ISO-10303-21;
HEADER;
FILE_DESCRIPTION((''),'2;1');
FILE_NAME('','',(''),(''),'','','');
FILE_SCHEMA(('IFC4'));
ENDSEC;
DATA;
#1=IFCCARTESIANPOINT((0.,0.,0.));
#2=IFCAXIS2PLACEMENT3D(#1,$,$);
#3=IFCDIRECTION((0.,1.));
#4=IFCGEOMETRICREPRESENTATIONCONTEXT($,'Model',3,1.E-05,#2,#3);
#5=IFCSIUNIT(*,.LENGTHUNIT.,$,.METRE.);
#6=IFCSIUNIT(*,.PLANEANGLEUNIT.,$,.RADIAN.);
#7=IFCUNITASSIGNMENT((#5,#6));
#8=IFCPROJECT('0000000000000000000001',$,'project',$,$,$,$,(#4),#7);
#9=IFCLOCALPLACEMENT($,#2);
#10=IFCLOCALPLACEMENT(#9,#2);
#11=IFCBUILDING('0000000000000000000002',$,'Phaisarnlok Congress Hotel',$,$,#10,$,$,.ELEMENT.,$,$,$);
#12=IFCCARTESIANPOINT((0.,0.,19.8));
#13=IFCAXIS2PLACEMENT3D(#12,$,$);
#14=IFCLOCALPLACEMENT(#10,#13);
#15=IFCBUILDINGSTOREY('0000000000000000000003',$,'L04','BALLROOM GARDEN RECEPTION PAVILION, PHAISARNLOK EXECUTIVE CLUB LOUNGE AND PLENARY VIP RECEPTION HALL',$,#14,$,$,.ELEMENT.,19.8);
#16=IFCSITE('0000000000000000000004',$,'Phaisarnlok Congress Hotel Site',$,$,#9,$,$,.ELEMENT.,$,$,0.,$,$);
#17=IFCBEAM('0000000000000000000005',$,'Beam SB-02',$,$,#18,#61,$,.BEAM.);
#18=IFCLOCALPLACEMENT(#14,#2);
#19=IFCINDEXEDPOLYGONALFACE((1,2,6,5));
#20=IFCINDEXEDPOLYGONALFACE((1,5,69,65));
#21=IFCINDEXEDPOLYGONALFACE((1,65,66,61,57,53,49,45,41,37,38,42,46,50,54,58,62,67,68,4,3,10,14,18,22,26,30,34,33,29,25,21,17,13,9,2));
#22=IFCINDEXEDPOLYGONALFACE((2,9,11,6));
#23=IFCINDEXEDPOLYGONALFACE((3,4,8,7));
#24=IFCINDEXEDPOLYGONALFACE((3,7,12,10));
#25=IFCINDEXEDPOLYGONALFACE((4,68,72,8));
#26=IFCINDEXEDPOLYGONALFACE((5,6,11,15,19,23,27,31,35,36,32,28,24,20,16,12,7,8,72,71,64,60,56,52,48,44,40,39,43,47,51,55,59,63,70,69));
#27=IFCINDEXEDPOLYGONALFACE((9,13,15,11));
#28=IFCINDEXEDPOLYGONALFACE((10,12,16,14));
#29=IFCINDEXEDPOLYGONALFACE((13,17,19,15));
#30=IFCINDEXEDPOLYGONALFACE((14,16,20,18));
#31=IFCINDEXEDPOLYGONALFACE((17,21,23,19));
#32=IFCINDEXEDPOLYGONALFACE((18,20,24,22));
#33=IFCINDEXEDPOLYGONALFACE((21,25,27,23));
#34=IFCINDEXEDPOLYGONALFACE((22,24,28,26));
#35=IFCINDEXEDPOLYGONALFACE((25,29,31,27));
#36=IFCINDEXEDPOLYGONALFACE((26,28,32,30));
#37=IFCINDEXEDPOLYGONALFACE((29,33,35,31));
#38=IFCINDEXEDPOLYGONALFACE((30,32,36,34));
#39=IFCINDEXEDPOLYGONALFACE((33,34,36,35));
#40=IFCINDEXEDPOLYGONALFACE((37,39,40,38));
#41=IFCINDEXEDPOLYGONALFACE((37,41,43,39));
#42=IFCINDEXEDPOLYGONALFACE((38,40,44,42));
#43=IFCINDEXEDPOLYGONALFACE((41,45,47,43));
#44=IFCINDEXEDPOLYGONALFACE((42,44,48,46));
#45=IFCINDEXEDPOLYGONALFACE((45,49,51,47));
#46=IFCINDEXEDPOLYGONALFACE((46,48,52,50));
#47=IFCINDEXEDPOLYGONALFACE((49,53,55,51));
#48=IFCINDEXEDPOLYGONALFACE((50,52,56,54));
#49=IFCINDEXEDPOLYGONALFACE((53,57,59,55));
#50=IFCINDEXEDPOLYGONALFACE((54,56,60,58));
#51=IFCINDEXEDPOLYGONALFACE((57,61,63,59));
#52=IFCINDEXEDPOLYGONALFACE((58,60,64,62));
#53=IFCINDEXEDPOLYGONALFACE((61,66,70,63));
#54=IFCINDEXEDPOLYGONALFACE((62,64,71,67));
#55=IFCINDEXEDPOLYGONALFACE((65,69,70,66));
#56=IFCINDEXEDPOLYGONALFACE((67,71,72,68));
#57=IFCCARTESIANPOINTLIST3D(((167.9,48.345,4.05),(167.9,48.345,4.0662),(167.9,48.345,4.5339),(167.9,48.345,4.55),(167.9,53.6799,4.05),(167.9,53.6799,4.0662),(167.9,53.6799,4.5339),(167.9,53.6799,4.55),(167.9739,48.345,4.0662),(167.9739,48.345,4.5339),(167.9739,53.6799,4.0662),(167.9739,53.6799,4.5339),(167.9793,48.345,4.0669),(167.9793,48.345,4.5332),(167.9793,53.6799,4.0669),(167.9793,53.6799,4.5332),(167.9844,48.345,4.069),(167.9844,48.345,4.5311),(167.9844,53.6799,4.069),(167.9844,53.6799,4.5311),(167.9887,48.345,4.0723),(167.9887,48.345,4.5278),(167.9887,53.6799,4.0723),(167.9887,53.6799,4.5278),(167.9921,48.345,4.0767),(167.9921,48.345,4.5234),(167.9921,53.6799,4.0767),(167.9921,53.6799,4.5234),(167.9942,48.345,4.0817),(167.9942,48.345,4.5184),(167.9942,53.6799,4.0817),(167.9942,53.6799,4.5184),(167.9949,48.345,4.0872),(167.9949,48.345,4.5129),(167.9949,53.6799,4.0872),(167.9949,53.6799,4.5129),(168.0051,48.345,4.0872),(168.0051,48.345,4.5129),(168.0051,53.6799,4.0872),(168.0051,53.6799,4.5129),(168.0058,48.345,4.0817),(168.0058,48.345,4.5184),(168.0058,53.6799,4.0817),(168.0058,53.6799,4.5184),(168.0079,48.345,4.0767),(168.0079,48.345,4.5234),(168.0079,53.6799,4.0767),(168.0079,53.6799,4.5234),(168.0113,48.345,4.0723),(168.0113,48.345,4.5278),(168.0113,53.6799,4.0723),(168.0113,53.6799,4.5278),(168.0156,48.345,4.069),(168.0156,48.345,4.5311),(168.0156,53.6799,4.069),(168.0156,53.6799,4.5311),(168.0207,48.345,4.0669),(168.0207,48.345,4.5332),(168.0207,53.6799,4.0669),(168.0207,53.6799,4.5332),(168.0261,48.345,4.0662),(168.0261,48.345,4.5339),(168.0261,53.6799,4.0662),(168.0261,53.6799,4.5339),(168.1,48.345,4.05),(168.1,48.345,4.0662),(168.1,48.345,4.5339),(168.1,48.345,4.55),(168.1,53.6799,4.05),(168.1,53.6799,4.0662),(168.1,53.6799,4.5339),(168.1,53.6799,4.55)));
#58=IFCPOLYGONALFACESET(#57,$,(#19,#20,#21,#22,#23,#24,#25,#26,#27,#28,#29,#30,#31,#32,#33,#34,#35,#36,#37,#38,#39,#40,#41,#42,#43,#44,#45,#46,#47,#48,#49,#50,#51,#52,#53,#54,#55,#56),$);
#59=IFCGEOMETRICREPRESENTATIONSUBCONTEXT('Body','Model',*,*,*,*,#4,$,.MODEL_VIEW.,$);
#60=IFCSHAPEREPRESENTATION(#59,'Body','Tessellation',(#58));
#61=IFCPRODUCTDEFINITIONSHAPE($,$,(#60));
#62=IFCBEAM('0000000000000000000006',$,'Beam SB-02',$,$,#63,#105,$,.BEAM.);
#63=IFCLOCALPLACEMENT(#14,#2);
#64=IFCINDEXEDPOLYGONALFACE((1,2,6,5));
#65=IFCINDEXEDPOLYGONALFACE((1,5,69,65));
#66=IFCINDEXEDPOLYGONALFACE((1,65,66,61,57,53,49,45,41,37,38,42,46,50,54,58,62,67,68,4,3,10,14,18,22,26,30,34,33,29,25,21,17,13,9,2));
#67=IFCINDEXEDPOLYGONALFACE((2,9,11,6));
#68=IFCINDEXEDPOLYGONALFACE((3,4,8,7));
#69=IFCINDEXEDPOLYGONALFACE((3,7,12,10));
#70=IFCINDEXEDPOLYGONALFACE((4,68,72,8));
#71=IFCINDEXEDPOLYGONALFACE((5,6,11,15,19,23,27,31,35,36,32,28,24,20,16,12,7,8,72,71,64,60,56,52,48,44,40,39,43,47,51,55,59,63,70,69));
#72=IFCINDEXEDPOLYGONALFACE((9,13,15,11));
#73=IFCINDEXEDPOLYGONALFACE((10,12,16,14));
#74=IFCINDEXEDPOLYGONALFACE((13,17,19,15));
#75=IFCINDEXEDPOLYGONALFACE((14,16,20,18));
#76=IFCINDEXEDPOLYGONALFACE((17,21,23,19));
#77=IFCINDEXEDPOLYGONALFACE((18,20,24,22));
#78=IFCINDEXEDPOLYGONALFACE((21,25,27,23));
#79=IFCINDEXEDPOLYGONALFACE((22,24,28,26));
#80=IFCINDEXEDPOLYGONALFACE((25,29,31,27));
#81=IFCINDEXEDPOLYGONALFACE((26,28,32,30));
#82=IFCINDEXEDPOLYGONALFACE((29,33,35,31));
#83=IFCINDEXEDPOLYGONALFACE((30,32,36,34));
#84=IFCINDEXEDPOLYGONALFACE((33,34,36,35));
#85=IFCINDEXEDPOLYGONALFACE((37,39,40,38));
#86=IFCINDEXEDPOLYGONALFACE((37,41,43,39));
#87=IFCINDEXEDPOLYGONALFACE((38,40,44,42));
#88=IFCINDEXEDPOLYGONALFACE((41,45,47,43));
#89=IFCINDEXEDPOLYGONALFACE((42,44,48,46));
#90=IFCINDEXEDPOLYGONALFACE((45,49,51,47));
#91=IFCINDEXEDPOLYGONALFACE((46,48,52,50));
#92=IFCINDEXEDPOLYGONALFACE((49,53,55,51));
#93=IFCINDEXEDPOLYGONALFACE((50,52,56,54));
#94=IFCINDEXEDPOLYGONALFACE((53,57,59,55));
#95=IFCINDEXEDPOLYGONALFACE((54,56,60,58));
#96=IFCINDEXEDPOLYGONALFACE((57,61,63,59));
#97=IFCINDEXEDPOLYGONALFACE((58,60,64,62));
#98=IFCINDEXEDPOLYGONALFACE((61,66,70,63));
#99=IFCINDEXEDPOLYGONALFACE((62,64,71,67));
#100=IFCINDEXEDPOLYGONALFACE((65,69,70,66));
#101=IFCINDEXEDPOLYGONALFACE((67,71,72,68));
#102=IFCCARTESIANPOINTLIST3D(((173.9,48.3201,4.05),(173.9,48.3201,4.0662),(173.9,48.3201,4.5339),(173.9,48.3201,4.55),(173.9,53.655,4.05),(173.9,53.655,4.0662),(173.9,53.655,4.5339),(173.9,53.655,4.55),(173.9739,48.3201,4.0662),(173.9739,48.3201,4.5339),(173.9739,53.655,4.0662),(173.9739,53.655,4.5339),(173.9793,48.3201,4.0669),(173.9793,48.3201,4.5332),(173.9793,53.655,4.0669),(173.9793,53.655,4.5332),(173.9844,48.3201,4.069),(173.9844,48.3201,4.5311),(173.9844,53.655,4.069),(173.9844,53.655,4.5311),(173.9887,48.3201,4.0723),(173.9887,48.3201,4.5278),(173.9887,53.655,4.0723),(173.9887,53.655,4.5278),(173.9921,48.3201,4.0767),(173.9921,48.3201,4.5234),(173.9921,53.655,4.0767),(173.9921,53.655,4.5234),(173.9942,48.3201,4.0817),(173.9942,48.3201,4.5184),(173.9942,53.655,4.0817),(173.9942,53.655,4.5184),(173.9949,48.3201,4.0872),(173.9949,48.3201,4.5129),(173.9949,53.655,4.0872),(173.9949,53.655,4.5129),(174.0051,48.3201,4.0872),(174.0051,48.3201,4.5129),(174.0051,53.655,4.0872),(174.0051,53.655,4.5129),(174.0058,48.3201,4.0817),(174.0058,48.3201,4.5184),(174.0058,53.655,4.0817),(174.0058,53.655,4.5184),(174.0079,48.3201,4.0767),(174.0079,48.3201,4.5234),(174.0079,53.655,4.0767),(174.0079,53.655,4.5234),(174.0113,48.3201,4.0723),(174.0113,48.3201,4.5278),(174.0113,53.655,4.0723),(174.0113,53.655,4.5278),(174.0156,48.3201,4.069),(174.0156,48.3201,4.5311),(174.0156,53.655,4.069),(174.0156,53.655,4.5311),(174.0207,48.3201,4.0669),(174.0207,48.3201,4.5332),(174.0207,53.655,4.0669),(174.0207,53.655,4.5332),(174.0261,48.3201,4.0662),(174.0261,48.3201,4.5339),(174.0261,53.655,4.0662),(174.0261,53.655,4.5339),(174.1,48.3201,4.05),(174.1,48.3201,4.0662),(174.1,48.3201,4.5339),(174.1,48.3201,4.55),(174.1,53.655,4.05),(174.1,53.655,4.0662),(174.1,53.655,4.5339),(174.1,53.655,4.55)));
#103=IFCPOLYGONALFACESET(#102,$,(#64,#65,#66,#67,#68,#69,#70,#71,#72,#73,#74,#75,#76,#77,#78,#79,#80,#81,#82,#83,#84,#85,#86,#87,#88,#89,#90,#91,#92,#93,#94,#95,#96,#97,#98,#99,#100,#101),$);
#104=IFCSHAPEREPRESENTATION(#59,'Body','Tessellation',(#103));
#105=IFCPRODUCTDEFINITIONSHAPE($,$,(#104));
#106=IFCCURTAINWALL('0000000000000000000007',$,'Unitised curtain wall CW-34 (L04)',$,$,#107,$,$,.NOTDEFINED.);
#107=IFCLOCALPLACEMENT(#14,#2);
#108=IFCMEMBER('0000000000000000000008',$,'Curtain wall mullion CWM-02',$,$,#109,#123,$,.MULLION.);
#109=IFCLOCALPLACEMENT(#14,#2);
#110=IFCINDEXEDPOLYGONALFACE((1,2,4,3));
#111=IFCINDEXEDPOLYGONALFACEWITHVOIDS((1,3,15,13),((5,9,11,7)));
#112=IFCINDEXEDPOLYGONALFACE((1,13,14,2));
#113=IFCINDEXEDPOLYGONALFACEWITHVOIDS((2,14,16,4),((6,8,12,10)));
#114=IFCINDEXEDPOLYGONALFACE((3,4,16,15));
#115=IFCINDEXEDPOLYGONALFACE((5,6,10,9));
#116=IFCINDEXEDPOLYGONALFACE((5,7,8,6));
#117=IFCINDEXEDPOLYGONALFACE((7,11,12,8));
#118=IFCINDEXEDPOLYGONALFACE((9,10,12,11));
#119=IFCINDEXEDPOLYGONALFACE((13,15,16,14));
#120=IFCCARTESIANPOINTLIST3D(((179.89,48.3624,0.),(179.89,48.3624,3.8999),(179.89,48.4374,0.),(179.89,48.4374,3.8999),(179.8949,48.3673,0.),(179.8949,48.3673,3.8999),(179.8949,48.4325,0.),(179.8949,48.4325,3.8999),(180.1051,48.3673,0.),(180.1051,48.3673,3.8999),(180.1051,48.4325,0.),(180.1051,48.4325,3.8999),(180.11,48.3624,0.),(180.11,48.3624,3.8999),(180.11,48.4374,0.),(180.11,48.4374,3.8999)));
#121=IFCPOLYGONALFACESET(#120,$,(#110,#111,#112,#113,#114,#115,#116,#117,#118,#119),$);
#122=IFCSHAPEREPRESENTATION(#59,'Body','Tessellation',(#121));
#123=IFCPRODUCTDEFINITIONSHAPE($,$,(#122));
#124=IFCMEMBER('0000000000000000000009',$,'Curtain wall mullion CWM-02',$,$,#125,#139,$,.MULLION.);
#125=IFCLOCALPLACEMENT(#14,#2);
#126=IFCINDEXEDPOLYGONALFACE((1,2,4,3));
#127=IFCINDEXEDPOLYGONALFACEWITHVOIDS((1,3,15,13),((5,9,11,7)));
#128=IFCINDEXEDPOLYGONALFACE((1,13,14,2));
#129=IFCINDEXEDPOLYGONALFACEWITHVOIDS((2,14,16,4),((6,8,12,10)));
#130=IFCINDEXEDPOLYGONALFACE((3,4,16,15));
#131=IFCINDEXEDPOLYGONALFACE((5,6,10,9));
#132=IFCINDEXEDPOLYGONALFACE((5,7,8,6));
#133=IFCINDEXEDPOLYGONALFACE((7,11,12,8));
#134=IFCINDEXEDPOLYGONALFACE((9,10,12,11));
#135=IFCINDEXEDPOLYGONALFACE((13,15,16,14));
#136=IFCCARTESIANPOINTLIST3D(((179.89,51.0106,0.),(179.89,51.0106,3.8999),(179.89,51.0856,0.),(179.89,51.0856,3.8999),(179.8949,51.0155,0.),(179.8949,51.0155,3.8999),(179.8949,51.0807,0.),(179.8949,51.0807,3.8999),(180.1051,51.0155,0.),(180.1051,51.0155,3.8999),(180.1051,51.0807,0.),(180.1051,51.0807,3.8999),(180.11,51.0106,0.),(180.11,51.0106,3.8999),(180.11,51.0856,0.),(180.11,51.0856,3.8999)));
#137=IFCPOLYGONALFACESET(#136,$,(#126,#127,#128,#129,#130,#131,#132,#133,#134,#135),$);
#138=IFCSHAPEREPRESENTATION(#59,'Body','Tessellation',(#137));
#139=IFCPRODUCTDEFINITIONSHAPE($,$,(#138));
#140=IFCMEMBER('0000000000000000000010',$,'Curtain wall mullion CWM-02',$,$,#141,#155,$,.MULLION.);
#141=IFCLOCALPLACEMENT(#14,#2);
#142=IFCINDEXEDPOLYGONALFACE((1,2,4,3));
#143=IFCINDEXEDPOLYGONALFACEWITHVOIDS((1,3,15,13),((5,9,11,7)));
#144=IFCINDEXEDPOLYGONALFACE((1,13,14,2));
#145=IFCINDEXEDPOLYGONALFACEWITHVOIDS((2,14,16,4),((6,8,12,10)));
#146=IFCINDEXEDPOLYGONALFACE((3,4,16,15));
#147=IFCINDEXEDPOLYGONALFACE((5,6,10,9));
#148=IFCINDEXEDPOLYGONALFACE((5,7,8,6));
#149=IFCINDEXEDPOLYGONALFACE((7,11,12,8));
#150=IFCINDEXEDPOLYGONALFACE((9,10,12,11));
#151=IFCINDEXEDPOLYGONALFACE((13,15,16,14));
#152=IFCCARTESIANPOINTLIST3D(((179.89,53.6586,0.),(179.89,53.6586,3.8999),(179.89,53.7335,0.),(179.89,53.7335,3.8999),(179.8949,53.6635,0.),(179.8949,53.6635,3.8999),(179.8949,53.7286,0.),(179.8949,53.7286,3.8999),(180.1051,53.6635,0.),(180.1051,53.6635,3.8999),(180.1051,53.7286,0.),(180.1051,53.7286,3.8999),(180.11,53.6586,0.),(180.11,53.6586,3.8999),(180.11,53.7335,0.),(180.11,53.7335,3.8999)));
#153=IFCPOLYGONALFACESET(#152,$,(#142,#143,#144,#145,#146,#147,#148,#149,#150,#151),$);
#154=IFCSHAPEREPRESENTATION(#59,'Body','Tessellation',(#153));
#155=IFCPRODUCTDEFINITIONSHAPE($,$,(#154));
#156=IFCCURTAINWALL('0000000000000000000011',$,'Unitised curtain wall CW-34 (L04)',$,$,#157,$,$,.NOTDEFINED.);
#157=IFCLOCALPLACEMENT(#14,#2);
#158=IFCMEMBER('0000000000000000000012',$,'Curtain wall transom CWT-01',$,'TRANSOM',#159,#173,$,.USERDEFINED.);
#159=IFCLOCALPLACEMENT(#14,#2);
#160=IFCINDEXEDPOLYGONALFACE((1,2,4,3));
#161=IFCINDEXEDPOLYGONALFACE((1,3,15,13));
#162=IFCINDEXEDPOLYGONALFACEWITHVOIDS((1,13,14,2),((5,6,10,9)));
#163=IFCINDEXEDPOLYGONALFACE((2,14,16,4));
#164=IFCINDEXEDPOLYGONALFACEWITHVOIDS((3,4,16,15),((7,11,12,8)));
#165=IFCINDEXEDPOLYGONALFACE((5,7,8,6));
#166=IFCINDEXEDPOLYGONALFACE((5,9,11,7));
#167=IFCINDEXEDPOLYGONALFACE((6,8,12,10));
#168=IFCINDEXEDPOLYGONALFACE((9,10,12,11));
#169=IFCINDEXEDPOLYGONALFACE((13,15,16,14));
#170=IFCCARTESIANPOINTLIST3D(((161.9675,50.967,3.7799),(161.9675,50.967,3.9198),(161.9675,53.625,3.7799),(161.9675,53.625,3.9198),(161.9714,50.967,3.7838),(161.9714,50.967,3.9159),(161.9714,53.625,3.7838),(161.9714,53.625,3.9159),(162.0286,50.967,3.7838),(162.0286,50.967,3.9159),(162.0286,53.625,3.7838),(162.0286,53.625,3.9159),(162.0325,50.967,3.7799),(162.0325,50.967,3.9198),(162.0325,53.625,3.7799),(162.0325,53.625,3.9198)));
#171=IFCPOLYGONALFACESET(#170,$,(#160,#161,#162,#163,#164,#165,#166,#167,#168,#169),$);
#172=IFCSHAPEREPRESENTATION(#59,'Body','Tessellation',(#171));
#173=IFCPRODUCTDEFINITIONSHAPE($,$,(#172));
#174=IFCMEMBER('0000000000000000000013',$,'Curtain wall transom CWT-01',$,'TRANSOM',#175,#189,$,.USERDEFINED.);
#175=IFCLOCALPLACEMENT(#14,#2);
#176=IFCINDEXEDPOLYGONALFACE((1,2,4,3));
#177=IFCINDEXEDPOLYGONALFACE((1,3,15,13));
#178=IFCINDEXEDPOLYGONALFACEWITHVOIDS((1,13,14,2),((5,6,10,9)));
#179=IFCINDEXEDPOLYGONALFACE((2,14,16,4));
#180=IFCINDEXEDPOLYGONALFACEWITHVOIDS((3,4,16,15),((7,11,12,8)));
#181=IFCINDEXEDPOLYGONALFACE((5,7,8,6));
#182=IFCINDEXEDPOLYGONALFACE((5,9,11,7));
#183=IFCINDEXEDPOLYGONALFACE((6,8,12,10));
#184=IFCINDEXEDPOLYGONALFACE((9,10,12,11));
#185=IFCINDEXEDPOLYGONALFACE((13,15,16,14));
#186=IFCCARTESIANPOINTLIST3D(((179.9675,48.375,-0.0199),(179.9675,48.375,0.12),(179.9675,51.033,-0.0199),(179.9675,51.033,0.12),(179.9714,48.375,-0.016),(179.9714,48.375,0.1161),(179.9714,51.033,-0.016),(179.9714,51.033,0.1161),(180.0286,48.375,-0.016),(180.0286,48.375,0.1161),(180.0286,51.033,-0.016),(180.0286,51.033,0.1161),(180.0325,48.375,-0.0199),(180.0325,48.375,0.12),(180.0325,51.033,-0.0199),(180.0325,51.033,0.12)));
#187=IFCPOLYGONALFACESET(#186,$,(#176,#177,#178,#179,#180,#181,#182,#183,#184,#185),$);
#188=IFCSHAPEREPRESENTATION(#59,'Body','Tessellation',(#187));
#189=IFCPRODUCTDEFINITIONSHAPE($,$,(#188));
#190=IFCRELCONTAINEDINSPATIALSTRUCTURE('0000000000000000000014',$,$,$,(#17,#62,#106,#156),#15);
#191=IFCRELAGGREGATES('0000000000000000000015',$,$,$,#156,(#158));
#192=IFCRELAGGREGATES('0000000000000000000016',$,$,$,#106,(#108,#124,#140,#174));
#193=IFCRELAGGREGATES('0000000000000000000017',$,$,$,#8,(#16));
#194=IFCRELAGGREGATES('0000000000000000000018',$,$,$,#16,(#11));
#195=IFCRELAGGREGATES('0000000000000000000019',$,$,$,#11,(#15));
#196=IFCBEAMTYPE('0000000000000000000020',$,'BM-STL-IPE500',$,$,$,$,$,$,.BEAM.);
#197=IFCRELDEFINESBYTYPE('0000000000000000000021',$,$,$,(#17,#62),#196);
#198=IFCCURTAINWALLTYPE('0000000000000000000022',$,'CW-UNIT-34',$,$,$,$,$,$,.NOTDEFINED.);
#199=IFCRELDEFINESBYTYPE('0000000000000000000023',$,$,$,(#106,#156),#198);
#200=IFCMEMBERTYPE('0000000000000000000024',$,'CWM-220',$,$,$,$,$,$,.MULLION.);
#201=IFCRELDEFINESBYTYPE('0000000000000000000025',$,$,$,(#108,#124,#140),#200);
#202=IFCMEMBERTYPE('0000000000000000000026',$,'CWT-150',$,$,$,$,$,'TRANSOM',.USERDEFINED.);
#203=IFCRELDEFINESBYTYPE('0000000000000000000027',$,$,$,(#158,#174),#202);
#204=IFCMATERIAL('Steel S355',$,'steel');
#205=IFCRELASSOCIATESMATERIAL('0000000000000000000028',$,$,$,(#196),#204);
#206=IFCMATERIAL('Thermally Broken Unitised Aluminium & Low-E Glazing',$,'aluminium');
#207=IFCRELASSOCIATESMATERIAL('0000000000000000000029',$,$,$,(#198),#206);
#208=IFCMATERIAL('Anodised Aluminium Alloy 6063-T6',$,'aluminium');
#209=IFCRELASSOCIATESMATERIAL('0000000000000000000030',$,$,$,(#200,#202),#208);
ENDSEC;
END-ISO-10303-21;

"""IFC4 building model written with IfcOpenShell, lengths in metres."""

from ifc_helpers import new_model, si_unit, direction, frame, origin, origin_2d, place, context, subcontext, project, spatial, hollow_rectangle, i_section, extrude, material, material_profile, profile_set, type_object, element, aggregate, save


model = new_model("IFC4")

# Units and contexts
model_context = context("Model", 3, precision=1e-05, world=origin(), true_north=direction((0.0, 1.0)))
body_context = subcontext(model_context, "Body", "Model", "MODEL_VIEW")
ifc_project = project(units=[si_unit("LENGTHUNIT", "METRE"), si_unit("PLANEANGLEUNIT", "RADIAN")], contexts=[model_context])

# Site, building, storey
site_placement = place(None, origin())
site = spatial("IfcSite", under=ifc_project, at=site_placement, Name="Phaisarnlok Congress Hotel Site", CompositionType="ELEMENT", RefElevation=0.0)
building_placement = place(site_placement, origin())
building = spatial("IfcBuilding", under=site, at=building_placement, Name="Phaisarnlok Congress Hotel", CompositionType="ELEMENT")
storey_placement = place(building_placement, frame((0.0, 0.0, 19.8)))
storey = spatial("IfcBuildingStorey", under=building, at=storey_placement, Name="L04", Description="BALLROOM GARDEN RECEPTION PAVILION, PHAISARNLOK EXECUTIVE CLUB LOUNGE AND PLENARY VIP RECEPTION HALL", CompositionType="ELEMENT", Elevation=19.8)

# Beams
ifc_material_1 = material(Name="Steel S355", Category="steel")
ifc_material_profile_1 = material_profile(ifc_material_1, i_section(OverallWidth=0.2, OverallDepth=0.5, WebThickness=0.0103, FlangeThickness=0.0161, FilletRadius=0.021, at=origin_2d()), Name="IPE 500")
ifc_profile_set_1 = profile_set([ifc_material_profile_1], Name="Steel S355")
beam_type_1 = type_object("IfcBeamType", Name="BM-STL-IPE500", PredefinedType="BEAM", material=ifc_profile_set_1)
for number, where, z_axis, x_axis, name in (
    (1, (168.0, 48.345, 4.3), (0.0, 1.0, 0.0), (-1.0, 0.0, 0.0), "Beam SB-02"),
    (2, (174.0, 48.3201, 4.3), (0.0, 1.0, 0.0), (-1.0, 0.0, 0.0), "Beam SB-02"),
):
    element("IfcBeam", number, at=place(storey_placement, frame(where, z_axis=z_axis, x_axis=x_axis)), inside=storey, type_object=beam_type_1, Name=name, PredefinedType="BEAM", context=body_context, shape_type="SweptSolid", body=[
        extrude(i_section(OverallWidth=0.2, OverallDepth=0.5, WebThickness=0.0103, FlangeThickness=0.0161, FilletRadius=0.021, at=origin_2d()), origin(), (0.0, 0.0, 1.0), 5.335),
    ])

# Curtain wall, members
ifc_material_2 = material(Name="Thermally Broken Unitised Aluminium & Low-E Glazing", Category="aluminium")
curtain_wall_type = type_object("IfcCurtainWallType", Name="CW-UNIT-34", PredefinedType="NOTDEFINED", material=ifc_material_2)
curtain_wall_1_placement = place(storey_placement, origin())
curtain_wall_1 = element("IfcCurtainWall", 3, at=curtain_wall_1_placement, inside=storey, type_object=curtain_wall_type, Name="Unitised curtain wall CW-34 (L04)", PredefinedType="NOTDEFINED")
ifc_material_3 = material(Name="Anodised Aluminium Alloy 6063-T6", Category="aluminium")
ifc_material_profile_2 = material_profile(ifc_material_3, hollow_rectangle(XDim=0.075, YDim=0.22, WallThickness=0.0049, at=origin_2d()), Name="ALU-M 75x220x5")
ifc_profile_set_2 = profile_set([ifc_material_profile_2], Name="Anodised Aluminium Alloy 6063-T6")
member_type_1 = type_object("IfcMemberType", Name="CWM-220", PredefinedType="MULLION", material=ifc_profile_set_2)
member_1_placement = place(storey_placement, frame((180.0, 48.3999, 0.0), z_axis=(0.0, 0.0, 1.0), x_axis=(0.0, 1.0, 0.0)))
member_1 = element("IfcMember", 4, at=member_1_placement, type_object=member_type_1, Name="Curtain wall mullion CWM-02", PredefinedType="MULLION", context=body_context, shape_type="SweptSolid", body=[
    extrude(hollow_rectangle(XDim=0.075, YDim=0.22, WallThickness=0.0049, at=origin_2d()), origin(), (0.0, 0.0, 1.0), 3.8999),
])
member_2_placement = place(storey_placement, frame((180.0, 51.0481, 0.0), z_axis=(0.0, 0.0, 1.0), x_axis=(0.0, 1.0, 0.0)))
member_2 = element("IfcMember", 5, at=member_2_placement, type_object=member_type_1, Name="Curtain wall mullion CWM-02", PredefinedType="MULLION", context=body_context, shape_type="SweptSolid", body=[
    extrude(hollow_rectangle(XDim=0.075, YDim=0.22, WallThickness=0.0049, at=origin_2d()), origin(), (0.0, 0.0, 1.0), 3.8999),
])
member_3_placement = place(storey_placement, frame((180.0, 53.696, 0.0), z_axis=(0.0, 0.0, 1.0), x_axis=(0.0, 1.0, 0.0)))
member_3 = element("IfcMember", 6, at=member_3_placement, type_object=member_type_1, Name="Curtain wall mullion CWM-02", PredefinedType="MULLION", context=body_context, shape_type="SweptSolid", body=[
    extrude(hollow_rectangle(XDim=0.075, YDim=0.22, WallThickness=0.0049, at=origin_2d()), origin(), (0.0, 0.0, 1.0), 3.8999),
])

# Curtain wall, member
curtain_wall_2_placement = place(storey_placement, origin())
curtain_wall_2 = element("IfcCurtainWall", 7, at=curtain_wall_2_placement, inside=storey, type_object=curtain_wall_type, Name="Unitised curtain wall CW-34 (L04)", PredefinedType="NOTDEFINED")
ifc_material_profile_3 = material_profile(ifc_material_3, hollow_rectangle(XDim=0.0649, YDim=0.1399, WallThickness=0.0039, at=origin_2d()), Name="ALU-T 65x140x4")
ifc_profile_set_3 = profile_set([ifc_material_profile_3], Name="Anodised Aluminium Alloy 6063-T6")
member_type_2 = type_object("IfcMemberType", Name="CWT-150", ElementType="TRANSOM", PredefinedType="USERDEFINED", material=ifc_profile_set_3)
member_4_placement = place(storey_placement, frame((162.0, 53.625, 3.8499), z_axis=(0.0, -1.0, 0.0), x_axis=(1.0, 0.0, 0.0)))
member_4 = element("IfcMember", 8, at=member_4_placement, type_object=member_type_2, Name="Curtain wall transom CWT-01", ObjectType="TRANSOM", PredefinedType="USERDEFINED", context=body_context, shape_type="SweptSolid", body=[
    extrude(hollow_rectangle(XDim=0.0649, YDim=0.1399, WallThickness=0.0039, at=origin_2d()), origin(), (0.0, 0.0, 1.0), 2.658),
])

# Member
member_5_placement = place(storey_placement, frame((180.0, 48.375, 0.05), z_axis=(0.0, 1.0, 0.0), x_axis=(-1.0, 0.0, 0.0)))
member_5 = element("IfcMember", 9, at=member_5_placement, type_object=member_type_2, Name="Curtain wall transom CWT-01", ObjectType="TRANSOM", PredefinedType="USERDEFINED", context=body_context, shape_type="SweptSolid", body=[
    extrude(hollow_rectangle(XDim=0.0649, YDim=0.1399, WallThickness=0.0039, at=origin_2d()), origin(), (0.0, 0.0, 1.0), 2.658),
])

aggregate(curtain_wall_2, [member_4])
aggregate(curtain_wall_1, [member_1, member_2, member_3, member_5])

save(model, "model.ifc")
